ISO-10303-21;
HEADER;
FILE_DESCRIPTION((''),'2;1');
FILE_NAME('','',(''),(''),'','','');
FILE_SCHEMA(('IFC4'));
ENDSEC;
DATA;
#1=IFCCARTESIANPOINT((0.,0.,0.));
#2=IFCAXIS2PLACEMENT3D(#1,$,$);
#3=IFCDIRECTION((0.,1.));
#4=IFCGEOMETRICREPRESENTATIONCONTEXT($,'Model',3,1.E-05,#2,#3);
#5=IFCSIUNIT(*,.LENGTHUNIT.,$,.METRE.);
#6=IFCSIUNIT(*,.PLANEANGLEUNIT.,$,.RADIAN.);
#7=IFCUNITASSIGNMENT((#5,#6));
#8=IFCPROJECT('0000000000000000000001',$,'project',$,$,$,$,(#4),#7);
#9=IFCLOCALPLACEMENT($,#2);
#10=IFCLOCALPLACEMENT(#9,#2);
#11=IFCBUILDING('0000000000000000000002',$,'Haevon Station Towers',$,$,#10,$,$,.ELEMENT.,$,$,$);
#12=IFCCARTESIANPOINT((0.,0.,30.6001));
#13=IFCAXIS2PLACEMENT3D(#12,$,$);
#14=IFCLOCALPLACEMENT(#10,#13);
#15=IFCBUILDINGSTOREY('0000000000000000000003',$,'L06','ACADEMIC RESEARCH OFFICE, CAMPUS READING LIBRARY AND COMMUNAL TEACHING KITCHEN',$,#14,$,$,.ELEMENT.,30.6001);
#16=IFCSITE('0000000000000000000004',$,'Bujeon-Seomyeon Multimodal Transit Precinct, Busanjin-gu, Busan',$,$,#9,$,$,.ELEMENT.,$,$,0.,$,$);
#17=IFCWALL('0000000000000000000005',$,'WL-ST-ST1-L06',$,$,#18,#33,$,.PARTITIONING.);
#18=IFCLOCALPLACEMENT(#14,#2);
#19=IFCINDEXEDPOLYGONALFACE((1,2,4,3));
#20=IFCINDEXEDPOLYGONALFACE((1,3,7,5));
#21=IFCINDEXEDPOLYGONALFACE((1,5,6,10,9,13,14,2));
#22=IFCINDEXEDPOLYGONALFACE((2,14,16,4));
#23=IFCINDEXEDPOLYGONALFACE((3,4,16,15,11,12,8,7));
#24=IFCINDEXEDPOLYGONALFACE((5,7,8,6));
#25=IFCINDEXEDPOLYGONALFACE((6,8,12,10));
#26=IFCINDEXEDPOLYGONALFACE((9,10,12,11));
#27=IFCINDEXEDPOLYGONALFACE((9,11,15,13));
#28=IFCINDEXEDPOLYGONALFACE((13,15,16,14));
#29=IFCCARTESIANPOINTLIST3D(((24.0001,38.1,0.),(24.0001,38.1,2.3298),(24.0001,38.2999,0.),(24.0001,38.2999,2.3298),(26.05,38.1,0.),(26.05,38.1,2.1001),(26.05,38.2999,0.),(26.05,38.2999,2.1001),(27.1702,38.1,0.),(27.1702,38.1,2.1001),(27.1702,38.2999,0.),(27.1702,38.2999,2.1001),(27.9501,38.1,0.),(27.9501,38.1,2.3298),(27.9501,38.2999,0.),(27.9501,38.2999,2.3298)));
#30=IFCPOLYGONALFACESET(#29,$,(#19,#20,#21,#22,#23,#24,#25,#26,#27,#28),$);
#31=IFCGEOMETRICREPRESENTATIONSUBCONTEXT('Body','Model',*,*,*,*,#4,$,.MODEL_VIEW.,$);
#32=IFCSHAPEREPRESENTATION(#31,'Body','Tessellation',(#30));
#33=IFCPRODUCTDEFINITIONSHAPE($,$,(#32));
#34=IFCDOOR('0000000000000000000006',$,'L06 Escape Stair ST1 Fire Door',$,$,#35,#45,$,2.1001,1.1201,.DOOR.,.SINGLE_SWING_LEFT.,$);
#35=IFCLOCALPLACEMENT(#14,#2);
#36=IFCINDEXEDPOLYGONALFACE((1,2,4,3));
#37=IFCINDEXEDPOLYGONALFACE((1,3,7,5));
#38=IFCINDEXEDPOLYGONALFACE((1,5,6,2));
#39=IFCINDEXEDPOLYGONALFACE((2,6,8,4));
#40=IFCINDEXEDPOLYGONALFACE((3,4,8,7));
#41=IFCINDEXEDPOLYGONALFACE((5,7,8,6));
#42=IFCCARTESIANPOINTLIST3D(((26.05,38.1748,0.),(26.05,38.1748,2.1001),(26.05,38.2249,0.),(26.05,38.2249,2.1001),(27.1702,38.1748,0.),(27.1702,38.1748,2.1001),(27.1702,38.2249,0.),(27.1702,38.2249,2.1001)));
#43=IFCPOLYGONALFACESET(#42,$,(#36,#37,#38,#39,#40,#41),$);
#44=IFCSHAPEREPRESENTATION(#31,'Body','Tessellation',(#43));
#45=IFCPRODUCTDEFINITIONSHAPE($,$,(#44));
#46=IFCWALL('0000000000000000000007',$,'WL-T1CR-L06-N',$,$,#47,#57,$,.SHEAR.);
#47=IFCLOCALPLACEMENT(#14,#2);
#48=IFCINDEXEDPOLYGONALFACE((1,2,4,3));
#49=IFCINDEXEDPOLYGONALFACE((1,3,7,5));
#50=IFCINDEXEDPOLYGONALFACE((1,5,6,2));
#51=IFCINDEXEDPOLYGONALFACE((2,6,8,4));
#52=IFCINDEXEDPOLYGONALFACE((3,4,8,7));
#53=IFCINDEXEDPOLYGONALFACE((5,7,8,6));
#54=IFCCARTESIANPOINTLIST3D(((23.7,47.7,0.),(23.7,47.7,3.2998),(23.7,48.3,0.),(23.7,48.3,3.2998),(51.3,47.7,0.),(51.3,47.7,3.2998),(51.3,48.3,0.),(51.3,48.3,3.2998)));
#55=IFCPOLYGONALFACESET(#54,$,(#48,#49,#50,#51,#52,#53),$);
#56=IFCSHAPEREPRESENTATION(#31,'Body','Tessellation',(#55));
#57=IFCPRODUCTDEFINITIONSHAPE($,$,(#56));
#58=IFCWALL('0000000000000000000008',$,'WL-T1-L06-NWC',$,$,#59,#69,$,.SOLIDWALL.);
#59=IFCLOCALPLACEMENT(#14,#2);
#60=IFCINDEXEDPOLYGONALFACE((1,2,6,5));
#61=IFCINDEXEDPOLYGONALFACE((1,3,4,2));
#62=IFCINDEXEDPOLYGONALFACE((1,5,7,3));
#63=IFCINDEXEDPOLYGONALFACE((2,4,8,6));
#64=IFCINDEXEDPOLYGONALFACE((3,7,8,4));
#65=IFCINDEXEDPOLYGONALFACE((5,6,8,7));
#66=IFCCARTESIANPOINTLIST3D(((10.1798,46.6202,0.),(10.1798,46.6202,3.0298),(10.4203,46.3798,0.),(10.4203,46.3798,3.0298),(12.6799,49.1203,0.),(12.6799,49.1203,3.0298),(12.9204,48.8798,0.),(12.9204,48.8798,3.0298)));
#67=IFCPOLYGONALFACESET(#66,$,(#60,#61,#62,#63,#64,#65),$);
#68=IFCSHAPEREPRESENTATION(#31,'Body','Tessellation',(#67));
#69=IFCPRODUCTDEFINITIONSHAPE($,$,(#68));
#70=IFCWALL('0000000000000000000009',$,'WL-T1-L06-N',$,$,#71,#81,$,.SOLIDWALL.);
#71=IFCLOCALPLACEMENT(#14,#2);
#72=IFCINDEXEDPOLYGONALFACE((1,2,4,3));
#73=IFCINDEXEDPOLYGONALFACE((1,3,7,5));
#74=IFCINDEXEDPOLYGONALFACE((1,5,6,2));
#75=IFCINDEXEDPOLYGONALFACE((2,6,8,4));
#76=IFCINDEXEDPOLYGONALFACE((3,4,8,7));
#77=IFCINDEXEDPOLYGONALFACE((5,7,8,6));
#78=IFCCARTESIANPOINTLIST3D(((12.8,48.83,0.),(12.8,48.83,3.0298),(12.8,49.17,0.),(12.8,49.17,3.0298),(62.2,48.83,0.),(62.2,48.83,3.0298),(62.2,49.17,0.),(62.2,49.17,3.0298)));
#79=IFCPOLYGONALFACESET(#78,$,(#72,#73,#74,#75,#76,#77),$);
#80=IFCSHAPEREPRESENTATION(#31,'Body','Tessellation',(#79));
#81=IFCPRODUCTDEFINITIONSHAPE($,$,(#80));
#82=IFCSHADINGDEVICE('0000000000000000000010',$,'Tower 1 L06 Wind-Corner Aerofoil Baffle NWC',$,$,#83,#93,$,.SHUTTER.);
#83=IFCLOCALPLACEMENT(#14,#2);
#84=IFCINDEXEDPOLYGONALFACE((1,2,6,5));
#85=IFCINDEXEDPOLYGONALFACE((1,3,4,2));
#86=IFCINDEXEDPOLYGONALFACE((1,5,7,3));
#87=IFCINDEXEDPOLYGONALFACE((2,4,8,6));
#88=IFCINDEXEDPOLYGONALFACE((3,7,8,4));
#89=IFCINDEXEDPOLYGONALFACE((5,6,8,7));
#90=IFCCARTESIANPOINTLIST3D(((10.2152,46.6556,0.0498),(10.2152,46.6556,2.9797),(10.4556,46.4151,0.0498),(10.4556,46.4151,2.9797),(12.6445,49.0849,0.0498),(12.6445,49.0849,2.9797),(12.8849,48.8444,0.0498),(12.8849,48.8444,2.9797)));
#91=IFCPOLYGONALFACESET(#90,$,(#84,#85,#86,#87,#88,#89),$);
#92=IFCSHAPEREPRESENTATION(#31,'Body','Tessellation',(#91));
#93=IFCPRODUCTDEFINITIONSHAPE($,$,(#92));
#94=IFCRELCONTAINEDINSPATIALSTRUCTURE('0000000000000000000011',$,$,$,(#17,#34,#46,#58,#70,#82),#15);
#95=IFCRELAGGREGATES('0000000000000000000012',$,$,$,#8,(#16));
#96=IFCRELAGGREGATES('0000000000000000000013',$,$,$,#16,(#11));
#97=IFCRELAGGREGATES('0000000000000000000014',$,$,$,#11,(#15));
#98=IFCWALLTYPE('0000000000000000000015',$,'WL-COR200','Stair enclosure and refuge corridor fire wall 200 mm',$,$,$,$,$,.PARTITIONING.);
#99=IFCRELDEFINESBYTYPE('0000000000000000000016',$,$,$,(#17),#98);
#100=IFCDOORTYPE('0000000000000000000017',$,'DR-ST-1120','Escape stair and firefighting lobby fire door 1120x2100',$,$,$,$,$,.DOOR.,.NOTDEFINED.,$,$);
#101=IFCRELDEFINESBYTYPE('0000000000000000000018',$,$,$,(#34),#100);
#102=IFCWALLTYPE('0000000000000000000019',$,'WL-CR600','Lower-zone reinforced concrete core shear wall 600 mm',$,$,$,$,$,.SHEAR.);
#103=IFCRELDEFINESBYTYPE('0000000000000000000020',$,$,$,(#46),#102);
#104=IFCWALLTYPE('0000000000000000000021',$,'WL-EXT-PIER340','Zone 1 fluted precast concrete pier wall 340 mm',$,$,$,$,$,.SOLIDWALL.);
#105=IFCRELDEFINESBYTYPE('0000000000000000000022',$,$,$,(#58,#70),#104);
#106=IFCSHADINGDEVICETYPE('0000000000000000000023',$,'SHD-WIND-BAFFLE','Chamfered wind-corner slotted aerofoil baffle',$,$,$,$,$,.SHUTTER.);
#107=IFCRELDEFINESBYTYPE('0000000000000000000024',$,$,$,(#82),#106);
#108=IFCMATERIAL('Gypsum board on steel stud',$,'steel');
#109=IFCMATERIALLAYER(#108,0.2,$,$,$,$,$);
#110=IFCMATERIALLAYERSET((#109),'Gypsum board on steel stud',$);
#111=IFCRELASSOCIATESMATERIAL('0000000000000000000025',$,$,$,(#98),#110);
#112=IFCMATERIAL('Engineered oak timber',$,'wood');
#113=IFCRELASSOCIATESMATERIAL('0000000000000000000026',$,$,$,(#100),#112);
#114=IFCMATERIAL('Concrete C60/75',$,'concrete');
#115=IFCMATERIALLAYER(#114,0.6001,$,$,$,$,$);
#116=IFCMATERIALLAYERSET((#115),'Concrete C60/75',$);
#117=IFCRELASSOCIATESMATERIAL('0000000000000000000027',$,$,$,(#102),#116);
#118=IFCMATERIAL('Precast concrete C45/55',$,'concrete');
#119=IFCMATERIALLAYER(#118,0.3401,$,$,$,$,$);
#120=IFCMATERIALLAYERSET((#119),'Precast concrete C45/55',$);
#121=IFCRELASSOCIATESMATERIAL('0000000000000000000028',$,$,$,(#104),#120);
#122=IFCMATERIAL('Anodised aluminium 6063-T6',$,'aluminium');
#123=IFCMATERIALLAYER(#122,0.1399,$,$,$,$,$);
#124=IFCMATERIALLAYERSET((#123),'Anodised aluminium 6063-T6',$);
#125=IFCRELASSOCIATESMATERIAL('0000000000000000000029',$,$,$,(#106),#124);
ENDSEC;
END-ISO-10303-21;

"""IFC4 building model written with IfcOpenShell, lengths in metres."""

from ifc_helpers import new_model, si_unit, direction, frame, frame_2d, origin, origin_2d, place, context, subcontext, project, spatial, rectangle, extrude, material, layer, layer_set, type_object, element, fill, save


model = new_model("IFC4")

# Units and contexts
model_context = context("Model", 3, precision=1e-05, world=origin(), true_north=direction((0.0, 1.0)))
body_context = subcontext(model_context, "Body", "Model", "MODEL_VIEW")
ifc_project = project(units=[si_unit("LENGTHUNIT", "METRE"), si_unit("PLANEANGLEUNIT", "RADIAN")], contexts=[model_context])

# Site, building, storey
site_placement = place(None, origin())
site = spatial("IfcSite", under=ifc_project, at=site_placement, Name="Bujeon-Seomyeon Multimodal Transit Precinct, Busanjin-gu, Busan", CompositionType="ELEMENT", RefElevation=0.0)
building_placement = place(site_placement, origin())
building = spatial("IfcBuilding", under=site, at=building_placement, Name="Haevon Station Towers", CompositionType="ELEMENT")
storey_placement = place(building_placement, frame((0.0, 0.0, 30.6001)))
storey = spatial("IfcBuildingStorey", under=building, at=storey_placement, Name="L06", Description="ACADEMIC RESEARCH OFFICE, CAMPUS READING LIBRARY AND COMMUNAL TEACHING KITCHEN", CompositionType="ELEMENT", Elevation=30.6001)

# Wall, opening, door
ifc_material_1 = material(Name="Gypsum board on steel stud", Category="steel")
ifc_layer_1 = layer(ifc_material_1, 0.2)
ifc_layer_set_1 = layer_set([ifc_layer_1], Name="Gypsum board on steel stud")
wall_type_1 = type_object("IfcWallType", Name="WL-COR200", Description="Stair enclosure and refuge corridor fire wall 200 mm", PredefinedType="PARTITIONING", material=ifc_layer_set_1)
wall_1_placement = place(storey_placement, frame((24.0, 38.2, 0.0), z_axis=(0.0, 0.0, 1.0), x_axis=(1.0, 0.0, 0.0)))
wall_1 = element("IfcWall", 1, at=wall_1_placement, inside=storey, type_object=wall_type_1, Name="WL-ST-ST1-L06", PredefinedType="PARTITIONING", context=body_context, shape_type="SweptSolid", body=[
    extrude(rectangle(XDim=3.95, YDim=0.2, at=frame_2d((1.9751, 0.0))), origin(), (0.0, 0.0, 1.0), 2.3298),
])
opening_placement = place(wall_1_placement, frame((2.05, 0.0, 0.0)))
opening = element("IfcOpeningElement", 2, at=opening_placement, cuts=wall_1, PredefinedType="OPENING", context=body_context, shape_type="SweptSolid", body=[
    extrude(rectangle(XDim=1.1201, YDim=2.1001, at=frame_2d((0.5601, 1.05))), frame((0.0, 0.1099, 0.0), z_axis=(0.0, -1.0, 0.0), x_axis=(1.0, 0.0, 0.0)), (0.0, 0.0, 1.0), 0.22),
])
ifc_material_2 = material(Name="Engineered oak timber", Category="wood")
door_type = type_object("IfcDoorType", Name="DR-ST-1120", Description="Escape stair and firefighting lobby fire door 1120x2100", OperationType="NOTDEFINED", PredefinedType="DOOR", material=ifc_material_2)
door_placement = place(opening_placement, origin())
door = element("IfcDoor", 3, at=door_placement, inside=storey, type_object=door_type, Name="L06 Escape Stair ST1 Fire Door", OperationType="SINGLE_SWING_LEFT", OverallHeight=2.1001, OverallWidth=1.1201, PredefinedType="DOOR", context=body_context, shape_type="SweptSolid", body=[
    extrude(rectangle(XDim=1.1201, YDim=2.1001, at=frame_2d((0.5601, 1.05))), frame((0.0, 0.0249, 0.0), z_axis=(0.0, -1.0, 0.0), x_axis=(1.0, 0.0, 0.0)), (0.0, 0.0, 1.0), 0.05),
])
fill(opening, door)

# Walls
ifc_material_3 = material(Name="Concrete C60/75", Category="concrete")
ifc_layer_2 = layer(ifc_material_3, 0.6001)
ifc_layer_set_2 = layer_set([ifc_layer_2], Name="Concrete C60/75")
wall_type_2 = type_object("IfcWallType", Name="WL-CR600", Description="Lower-zone reinforced concrete core shear wall 600 mm", PredefinedType="SHEAR", material=ifc_layer_set_2)
wall_2_placement = place(storey_placement, frame((23.7, 48.0, 0.0), z_axis=(0.0, 0.0, 1.0), x_axis=(1.0, 0.0, 0.0)))
element("IfcWall", 4, at=wall_2_placement, inside=storey, type_object=wall_type_2, Name="WL-T1CR-L06-N", PredefinedType="SHEAR", context=body_context, shape_type="SweptSolid", body=[
    extrude(rectangle(XDim=27.6001, YDim=0.6001, at=frame_2d((13.8, 0.0))), origin(), (0.0, 0.0, 1.0), 3.2998),
])
ifc_material_4 = material(Name="Precast concrete C45/55", Category="concrete")
ifc_layer_3 = layer(ifc_material_4, 0.3401)
ifc_layer_set_3 = layer_set([ifc_layer_3], Name="Precast concrete C45/55")
wall_type_3 = type_object("IfcWallType", Name="WL-EXT-PIER340", Description="Zone 1 fluted precast concrete pier wall 340 mm", PredefinedType="SOLIDWALL", material=ifc_layer_set_3)
wall_3_placement = place(storey_placement, frame((10.3, 46.5, 0.0), z_axis=(0.0, 0.0, 1.0), x_axis=(0.707107, 0.707107, 0.0)))
element("IfcWall", 5, at=wall_3_placement, inside=storey, type_object=wall_type_3, Name="WL-T1-L06-NWC", PredefinedType="SOLIDWALL", context=body_context, shape_type="SweptSolid", body=[
    extrude(rectangle(XDim=3.5356, YDim=0.3401, at=frame_2d((1.7678, 0.0))), origin(), (0.0, 0.0, 1.0), 3.0298),
])
wall_4_placement = place(storey_placement, frame((12.8, 49.0, 0.0), z_axis=(0.0, 0.0, 1.0), x_axis=(1.0, 0.0, 0.0)))
element("IfcWall", 6, at=wall_4_placement, inside=storey, type_object=wall_type_3, Name="WL-T1-L06-N", PredefinedType="SOLIDWALL", context=body_context, shape_type="SweptSolid", body=[
    extrude(rectangle(XDim=49.3999, YDim=0.3401, at=frame_2d((24.7, 0.0))), origin(), (0.0, 0.0, 1.0), 3.0298),
])

# Shading device
ifc_material_5 = material(Name="Anodised aluminium 6063-T6", Category="aluminium")
ifc_layer_4 = layer(ifc_material_5, 0.1399)
ifc_layer_set_4 = layer_set([ifc_layer_4], Name="Anodised aluminium 6063-T6")
shading_device_type = type_object("IfcShadingDeviceType", Name="SHD-WIND-BAFFLE", Description="Chamfered wind-corner slotted aerofoil baffle", PredefinedType="SHUTTER", material=ifc_layer_set_4)
shading_device_placement = place(storey_placement, frame((11.55, 47.75, 0.0498), z_axis=(0.0, 0.0, 1.0), x_axis=(0.707107, 0.707107, 0.0)))
element("IfcShadingDevice", 7, at=shading_device_placement, inside=storey, type_object=shading_device_type, Name="Tower 1 L06 Wind-Corner Aerofoil Baffle NWC", PredefinedType="SHUTTER", context=body_context, shape_type="SweptSolid", body=[
    extrude(rectangle(XDim=3.4355, YDim=0.3401, at=origin_2d()), origin(), (0.0, 0.0, 1.0), 2.9299),
])

save(model, "model.ifc")
